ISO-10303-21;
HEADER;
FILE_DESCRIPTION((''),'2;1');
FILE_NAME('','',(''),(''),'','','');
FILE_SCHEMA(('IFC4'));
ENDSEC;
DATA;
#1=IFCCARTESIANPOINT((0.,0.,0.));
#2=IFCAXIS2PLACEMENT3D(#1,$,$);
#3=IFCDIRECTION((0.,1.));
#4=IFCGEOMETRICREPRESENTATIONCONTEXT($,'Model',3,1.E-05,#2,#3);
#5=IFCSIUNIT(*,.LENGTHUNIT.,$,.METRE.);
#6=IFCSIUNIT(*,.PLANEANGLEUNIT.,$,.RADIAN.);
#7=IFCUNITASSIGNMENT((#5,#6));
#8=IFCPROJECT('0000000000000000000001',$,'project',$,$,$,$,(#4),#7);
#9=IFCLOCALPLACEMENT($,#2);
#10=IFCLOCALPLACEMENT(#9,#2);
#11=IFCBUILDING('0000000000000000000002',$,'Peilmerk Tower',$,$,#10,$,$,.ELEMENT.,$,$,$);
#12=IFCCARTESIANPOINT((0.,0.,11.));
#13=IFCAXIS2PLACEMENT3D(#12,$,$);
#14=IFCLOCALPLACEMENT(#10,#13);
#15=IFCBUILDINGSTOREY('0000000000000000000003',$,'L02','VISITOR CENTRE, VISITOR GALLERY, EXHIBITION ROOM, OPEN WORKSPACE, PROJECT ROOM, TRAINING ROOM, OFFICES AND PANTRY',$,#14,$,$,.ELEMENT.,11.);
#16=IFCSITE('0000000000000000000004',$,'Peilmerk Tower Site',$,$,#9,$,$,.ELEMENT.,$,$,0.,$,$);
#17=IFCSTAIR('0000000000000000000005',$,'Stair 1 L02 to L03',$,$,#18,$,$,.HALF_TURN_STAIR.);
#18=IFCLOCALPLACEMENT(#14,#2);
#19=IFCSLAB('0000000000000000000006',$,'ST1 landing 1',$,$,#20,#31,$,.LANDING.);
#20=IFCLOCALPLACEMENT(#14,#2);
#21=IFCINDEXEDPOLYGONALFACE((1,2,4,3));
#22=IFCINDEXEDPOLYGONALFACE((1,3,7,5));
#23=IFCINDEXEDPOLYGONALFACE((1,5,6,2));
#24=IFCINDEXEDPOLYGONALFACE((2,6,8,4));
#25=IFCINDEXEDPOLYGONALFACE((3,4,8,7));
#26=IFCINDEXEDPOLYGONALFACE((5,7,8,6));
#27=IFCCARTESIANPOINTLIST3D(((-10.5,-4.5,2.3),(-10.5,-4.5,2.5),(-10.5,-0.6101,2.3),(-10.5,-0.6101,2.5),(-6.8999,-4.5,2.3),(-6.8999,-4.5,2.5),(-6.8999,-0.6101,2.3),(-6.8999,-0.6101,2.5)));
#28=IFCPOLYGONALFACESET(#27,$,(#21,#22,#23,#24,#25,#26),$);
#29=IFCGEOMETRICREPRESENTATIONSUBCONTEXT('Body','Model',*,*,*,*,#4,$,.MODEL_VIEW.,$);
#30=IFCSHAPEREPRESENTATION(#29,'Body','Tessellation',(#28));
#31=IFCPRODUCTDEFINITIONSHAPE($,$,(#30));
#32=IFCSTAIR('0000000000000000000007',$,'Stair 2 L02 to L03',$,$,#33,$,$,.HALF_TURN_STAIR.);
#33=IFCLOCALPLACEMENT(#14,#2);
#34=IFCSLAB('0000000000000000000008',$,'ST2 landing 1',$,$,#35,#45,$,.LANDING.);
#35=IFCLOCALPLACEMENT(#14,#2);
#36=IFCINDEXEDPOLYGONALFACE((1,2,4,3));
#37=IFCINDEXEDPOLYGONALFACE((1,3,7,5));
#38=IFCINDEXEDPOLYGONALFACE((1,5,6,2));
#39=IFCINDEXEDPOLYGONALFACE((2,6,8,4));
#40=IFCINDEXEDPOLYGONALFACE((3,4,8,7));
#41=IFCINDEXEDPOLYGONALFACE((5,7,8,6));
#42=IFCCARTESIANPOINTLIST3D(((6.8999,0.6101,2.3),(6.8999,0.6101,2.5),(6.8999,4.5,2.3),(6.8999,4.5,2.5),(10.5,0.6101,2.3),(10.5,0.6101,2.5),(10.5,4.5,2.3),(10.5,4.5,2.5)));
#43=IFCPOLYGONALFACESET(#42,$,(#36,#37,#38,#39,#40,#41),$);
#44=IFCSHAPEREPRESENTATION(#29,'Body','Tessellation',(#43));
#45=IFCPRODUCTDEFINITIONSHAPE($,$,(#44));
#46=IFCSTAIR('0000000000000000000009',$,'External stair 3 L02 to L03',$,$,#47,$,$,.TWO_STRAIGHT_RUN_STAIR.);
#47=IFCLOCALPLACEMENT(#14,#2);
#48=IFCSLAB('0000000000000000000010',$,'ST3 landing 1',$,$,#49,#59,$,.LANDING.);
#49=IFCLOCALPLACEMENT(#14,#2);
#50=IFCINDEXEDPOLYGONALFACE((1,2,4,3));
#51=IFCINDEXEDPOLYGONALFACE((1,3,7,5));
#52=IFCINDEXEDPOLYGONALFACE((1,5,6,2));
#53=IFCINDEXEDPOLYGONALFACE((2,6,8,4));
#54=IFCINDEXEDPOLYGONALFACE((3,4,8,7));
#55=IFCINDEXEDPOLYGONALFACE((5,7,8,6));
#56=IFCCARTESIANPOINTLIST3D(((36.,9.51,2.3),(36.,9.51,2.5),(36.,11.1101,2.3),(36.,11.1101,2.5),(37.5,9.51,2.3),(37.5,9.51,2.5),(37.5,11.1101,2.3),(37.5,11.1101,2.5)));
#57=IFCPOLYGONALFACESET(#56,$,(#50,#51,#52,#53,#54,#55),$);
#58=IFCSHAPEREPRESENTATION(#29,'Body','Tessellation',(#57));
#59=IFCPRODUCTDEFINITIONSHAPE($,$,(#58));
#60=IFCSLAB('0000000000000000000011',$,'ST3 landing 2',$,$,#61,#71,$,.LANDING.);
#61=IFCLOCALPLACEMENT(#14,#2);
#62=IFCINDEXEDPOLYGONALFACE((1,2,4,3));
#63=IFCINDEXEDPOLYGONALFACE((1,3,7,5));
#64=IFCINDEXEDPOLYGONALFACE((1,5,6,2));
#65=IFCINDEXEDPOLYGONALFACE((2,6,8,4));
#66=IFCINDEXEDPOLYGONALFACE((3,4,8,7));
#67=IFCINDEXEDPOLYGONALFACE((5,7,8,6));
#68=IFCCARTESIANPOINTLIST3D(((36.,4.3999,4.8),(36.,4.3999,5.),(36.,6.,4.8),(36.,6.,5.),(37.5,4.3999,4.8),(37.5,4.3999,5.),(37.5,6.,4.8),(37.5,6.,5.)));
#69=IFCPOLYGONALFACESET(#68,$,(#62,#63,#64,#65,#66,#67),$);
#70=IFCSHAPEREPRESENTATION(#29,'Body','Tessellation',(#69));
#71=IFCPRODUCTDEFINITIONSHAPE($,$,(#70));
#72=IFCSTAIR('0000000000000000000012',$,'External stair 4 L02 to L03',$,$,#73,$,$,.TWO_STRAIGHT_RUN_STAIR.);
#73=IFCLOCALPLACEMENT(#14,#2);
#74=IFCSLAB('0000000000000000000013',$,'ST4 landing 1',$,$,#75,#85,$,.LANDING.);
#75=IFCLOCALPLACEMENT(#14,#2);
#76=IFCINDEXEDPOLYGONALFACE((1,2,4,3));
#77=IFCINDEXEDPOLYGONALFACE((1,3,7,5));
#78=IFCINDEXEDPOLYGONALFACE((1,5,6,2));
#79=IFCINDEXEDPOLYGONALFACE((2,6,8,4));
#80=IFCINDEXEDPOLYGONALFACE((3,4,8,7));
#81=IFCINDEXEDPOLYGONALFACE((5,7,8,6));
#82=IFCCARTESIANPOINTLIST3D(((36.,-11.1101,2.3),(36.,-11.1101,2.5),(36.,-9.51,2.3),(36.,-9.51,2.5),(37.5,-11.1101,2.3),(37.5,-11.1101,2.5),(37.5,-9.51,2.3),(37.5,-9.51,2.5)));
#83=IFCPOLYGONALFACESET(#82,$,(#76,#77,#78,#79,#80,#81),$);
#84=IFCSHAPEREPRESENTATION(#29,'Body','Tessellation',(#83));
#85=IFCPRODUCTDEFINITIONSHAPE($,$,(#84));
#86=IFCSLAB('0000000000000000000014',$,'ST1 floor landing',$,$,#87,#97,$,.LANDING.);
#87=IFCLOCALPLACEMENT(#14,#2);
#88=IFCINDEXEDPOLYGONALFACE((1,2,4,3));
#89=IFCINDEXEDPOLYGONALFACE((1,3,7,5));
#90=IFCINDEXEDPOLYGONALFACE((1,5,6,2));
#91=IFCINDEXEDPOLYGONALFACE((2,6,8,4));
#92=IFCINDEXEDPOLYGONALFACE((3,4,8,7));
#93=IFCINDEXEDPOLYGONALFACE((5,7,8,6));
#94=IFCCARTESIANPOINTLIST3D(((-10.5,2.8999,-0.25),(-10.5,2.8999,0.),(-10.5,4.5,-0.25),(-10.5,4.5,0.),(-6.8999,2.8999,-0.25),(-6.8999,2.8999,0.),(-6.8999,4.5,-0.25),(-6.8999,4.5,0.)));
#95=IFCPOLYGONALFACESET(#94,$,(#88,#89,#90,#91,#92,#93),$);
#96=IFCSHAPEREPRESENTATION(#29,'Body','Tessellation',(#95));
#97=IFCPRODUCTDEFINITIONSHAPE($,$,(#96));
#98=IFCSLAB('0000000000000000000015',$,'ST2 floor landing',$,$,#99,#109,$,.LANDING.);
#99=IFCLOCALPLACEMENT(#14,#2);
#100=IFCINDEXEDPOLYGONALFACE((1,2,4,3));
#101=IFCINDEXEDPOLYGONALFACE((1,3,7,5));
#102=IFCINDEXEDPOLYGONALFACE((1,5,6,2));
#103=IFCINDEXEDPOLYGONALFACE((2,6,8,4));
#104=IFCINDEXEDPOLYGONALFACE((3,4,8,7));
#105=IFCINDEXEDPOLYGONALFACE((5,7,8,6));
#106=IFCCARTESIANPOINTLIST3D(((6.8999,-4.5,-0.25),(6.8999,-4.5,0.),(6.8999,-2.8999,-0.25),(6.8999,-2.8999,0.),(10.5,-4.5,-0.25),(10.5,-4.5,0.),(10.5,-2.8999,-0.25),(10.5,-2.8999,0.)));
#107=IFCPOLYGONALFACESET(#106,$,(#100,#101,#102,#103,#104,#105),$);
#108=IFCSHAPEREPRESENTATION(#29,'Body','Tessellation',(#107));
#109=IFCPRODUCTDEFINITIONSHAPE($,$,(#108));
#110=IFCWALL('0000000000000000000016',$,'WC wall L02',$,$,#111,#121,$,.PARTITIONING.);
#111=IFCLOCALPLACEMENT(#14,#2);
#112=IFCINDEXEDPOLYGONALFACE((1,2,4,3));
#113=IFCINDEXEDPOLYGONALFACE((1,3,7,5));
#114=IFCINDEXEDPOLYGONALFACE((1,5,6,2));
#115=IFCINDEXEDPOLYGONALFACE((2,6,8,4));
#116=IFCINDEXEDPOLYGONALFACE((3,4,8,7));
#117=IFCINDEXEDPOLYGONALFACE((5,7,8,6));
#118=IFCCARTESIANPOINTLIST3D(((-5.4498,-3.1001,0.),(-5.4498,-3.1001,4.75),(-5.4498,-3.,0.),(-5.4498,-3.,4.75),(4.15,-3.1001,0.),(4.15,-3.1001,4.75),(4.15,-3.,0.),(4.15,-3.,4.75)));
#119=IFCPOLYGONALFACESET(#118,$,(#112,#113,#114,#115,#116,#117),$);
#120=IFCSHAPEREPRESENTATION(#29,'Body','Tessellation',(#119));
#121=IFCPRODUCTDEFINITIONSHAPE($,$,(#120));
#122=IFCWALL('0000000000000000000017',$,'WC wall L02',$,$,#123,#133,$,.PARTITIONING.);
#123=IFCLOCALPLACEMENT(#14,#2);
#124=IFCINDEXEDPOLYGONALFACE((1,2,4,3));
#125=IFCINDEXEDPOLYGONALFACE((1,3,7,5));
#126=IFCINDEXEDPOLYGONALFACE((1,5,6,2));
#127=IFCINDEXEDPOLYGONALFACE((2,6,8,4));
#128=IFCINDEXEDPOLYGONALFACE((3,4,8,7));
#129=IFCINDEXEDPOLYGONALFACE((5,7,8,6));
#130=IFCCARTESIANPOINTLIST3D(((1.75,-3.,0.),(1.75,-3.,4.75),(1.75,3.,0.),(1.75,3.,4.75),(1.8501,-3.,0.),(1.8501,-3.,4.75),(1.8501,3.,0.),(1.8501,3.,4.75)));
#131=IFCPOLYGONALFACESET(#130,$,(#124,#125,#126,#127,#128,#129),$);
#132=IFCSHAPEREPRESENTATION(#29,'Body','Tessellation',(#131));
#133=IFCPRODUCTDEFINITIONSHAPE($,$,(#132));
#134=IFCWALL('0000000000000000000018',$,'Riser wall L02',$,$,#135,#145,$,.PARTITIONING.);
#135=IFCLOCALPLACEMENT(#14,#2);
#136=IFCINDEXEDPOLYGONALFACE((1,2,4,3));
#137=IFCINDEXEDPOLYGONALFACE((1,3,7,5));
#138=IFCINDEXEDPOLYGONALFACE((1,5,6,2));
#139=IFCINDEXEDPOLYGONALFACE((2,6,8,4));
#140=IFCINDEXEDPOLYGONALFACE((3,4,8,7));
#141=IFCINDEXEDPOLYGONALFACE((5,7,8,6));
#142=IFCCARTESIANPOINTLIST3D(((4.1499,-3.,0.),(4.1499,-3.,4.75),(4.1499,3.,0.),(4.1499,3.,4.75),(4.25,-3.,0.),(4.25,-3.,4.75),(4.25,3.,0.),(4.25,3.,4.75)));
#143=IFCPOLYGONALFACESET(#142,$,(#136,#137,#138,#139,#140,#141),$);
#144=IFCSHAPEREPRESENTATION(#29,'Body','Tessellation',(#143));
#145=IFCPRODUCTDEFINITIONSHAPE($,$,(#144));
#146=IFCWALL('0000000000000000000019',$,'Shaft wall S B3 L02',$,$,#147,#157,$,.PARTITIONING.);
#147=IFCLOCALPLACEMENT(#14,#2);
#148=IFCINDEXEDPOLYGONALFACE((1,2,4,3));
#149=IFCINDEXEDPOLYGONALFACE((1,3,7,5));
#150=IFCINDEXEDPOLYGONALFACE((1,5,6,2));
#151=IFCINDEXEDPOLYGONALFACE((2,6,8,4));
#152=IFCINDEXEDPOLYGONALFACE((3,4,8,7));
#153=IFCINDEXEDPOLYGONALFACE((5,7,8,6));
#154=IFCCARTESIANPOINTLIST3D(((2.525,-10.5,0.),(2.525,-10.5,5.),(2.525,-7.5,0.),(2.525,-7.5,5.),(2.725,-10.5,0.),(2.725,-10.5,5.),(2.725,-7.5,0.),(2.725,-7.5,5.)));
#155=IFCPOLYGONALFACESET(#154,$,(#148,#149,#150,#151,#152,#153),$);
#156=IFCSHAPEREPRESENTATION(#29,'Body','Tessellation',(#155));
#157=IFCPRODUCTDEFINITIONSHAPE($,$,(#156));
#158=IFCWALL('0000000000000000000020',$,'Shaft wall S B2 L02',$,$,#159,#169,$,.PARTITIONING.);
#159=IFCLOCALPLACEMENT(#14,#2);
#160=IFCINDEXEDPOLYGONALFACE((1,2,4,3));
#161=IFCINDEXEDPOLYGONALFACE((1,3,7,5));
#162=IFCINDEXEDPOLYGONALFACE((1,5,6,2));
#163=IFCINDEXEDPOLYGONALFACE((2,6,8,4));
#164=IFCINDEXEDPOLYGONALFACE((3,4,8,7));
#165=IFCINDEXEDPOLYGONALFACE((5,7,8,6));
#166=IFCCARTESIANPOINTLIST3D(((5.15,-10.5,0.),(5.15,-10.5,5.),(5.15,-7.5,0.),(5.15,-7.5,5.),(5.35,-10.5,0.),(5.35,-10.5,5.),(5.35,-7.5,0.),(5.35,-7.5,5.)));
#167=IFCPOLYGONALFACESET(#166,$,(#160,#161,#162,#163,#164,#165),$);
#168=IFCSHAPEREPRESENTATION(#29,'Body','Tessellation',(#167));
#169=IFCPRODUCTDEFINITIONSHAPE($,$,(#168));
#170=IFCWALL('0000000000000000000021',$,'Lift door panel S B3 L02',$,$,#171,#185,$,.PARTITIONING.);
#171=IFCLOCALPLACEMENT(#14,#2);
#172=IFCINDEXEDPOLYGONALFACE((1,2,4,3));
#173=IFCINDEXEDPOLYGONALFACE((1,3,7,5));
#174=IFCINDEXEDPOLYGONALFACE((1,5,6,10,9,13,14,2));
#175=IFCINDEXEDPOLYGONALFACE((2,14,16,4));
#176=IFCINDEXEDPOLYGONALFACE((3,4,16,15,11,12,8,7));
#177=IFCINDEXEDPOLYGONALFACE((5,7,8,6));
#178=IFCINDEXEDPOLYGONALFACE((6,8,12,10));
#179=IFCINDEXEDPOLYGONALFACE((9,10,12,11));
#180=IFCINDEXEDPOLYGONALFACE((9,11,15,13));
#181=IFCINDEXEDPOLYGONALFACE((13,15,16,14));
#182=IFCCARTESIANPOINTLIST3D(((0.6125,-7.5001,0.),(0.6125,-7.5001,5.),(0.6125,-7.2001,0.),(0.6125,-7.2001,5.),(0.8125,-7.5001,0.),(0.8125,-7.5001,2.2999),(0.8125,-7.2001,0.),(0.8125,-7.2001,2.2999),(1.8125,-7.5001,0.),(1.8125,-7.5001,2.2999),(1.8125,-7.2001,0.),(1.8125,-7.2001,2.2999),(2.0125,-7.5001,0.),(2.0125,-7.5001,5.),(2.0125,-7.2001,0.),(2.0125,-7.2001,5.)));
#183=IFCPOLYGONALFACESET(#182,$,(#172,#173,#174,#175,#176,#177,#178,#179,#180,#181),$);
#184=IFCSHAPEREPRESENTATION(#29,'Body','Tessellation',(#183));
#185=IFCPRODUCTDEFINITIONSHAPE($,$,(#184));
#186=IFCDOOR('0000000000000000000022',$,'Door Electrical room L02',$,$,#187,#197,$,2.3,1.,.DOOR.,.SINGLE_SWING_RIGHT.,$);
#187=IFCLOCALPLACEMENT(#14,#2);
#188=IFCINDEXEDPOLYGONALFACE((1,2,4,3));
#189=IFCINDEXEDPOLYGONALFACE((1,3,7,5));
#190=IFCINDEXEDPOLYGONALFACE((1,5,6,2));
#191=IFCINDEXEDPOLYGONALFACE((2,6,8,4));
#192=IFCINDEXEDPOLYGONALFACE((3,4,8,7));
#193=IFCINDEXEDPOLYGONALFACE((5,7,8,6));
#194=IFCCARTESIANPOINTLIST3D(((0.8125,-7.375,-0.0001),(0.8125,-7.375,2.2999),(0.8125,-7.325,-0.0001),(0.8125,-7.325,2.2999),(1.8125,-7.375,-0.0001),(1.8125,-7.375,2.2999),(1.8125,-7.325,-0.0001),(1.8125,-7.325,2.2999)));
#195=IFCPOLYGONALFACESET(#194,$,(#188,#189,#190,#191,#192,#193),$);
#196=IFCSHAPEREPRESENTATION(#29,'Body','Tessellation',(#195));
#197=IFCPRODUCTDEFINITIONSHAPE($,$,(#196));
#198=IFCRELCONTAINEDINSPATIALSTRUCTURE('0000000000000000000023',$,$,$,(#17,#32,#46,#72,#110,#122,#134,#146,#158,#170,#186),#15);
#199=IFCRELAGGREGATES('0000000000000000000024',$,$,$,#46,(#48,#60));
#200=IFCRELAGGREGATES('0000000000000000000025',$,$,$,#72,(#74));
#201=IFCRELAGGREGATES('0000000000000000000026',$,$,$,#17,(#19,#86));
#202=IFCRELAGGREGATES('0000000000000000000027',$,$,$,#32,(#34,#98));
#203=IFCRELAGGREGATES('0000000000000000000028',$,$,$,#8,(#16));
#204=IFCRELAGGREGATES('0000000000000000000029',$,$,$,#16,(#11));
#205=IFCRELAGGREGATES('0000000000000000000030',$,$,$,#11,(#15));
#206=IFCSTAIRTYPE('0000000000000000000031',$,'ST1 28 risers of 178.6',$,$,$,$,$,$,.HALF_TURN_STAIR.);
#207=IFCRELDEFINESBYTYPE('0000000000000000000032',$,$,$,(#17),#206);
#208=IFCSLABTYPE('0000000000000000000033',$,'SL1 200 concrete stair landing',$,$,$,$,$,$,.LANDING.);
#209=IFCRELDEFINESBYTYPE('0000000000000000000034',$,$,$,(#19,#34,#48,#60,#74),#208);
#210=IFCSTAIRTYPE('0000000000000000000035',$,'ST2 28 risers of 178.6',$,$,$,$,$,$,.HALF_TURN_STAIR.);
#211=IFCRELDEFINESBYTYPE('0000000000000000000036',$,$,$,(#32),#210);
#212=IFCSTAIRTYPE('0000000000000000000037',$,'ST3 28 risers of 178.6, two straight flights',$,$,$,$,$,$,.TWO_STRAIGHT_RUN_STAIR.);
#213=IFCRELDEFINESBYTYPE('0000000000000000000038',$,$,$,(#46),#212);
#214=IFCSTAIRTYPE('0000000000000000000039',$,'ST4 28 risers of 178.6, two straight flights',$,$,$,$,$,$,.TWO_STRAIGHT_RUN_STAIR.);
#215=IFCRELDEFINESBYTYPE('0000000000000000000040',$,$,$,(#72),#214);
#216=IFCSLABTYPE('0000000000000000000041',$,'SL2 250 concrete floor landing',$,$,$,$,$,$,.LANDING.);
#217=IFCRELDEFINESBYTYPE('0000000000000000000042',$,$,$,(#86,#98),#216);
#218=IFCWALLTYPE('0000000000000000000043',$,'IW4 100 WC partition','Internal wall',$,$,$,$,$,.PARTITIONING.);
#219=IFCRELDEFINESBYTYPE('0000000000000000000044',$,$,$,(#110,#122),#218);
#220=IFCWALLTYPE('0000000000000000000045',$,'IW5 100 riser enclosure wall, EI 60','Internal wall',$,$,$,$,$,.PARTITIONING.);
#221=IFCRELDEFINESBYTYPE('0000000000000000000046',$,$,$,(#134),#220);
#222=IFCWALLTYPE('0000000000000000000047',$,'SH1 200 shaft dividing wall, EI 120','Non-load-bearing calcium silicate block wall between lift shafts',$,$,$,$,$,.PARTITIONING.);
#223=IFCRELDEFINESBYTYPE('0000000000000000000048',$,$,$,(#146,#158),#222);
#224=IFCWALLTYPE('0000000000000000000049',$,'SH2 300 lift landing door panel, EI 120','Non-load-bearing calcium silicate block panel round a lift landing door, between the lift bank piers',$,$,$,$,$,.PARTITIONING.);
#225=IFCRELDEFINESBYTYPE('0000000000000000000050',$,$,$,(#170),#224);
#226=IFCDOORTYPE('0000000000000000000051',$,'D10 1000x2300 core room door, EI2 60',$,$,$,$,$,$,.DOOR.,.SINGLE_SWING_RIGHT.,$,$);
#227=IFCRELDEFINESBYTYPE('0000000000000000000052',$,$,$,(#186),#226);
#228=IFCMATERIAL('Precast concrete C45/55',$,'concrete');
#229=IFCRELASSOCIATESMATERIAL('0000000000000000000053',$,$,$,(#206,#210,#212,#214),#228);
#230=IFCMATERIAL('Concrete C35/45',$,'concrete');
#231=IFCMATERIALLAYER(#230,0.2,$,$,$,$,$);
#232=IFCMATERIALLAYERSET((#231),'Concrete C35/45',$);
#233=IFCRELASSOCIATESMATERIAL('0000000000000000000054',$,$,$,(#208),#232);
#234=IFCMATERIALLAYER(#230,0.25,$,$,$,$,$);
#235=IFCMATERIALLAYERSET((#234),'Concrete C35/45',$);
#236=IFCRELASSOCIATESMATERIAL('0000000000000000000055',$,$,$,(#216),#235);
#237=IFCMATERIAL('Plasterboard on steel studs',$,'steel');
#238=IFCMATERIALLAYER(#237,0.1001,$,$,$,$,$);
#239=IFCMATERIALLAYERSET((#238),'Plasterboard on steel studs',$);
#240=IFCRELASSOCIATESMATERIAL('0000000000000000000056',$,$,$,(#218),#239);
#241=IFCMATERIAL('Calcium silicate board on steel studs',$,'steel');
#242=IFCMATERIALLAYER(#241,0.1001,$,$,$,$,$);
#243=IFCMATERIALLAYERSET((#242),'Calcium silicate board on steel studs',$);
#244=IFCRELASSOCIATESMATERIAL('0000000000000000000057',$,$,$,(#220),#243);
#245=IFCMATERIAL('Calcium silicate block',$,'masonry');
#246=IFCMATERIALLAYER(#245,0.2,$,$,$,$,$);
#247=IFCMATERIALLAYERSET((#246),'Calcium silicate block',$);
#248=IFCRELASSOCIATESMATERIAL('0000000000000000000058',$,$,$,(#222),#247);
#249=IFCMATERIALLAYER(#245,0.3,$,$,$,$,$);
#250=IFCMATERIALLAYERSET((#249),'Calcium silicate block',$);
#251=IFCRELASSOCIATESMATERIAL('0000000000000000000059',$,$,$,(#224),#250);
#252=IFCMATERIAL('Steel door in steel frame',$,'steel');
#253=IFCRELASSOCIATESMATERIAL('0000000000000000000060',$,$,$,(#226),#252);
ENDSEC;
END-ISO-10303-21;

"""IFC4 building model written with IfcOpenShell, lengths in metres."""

from ifc_helpers import new_model, si_unit, direction, frame, frame_2d, origin, place, context, subcontext, project, spatial, polyline, rectangle, outline, extrude, material, layer, layer_set, type_object, element, fill, aggregate, save


model = new_model("IFC4")

# Units and contexts
model_context = context("Model", 3, precision=1e-05, world=origin(), true_north=direction((0.0, 1.0)))
body_context = subcontext(model_context, "Body", "Model", "MODEL_VIEW")
ifc_project = project(units=[si_unit("LENGTHUNIT", "METRE"), si_unit("PLANEANGLEUNIT", "RADIAN")], contexts=[model_context])

# Site, building, storey
site_placement = place(None, origin())
site = spatial("IfcSite", under=ifc_project, at=site_placement, Name="Peilmerk Tower Site", CompositionType="ELEMENT", RefElevation=0.0)
building_placement = place(site_placement, origin())
building = spatial("IfcBuilding", under=site, at=building_placement, Name="Peilmerk Tower", CompositionType="ELEMENT")
storey_placement = place(building_placement, frame((0.0, 0.0, 11.0)))
storey = spatial("IfcBuildingStorey", under=building, at=storey_placement, Name="L02", Description="VISITOR CENTRE, VISITOR GALLERY, EXHIBITION ROOM, OPEN WORKSPACE, PROJECT ROOM, TRAINING ROOM, OFFICES AND PANTRY", CompositionType="ELEMENT", Elevation=11.0)

# Stairs, slabs
ifc_material_1 = material(Name="Precast concrete C45/55", Category="concrete")
stair_type_1 = type_object("IfcStairType", Name="ST1 28 risers of 178.6", PredefinedType="HALF_TURN_STAIR", material=ifc_material_1)
stair_1_placement = place(storey_placement, origin())
stair_1 = element("IfcStair", 1, at=stair_1_placement, inside=storey, type_object=stair_type_1, Name="Stair 1 L02 to L03", PredefinedType="HALF_TURN_STAIR")
ifc_material_2 = material(Name="Concrete C35/45", Category="concrete")
ifc_layer_1 = layer(ifc_material_2, 0.2)
ifc_layer_set_1 = layer_set([ifc_layer_1], Name="Concrete C35/45")
slab_type_1 = type_object("IfcSlabType", Name="SL1 200 concrete stair landing", PredefinedType="LANDING", material=ifc_layer_set_1)
slab_1_placement = place(storey_placement, frame((0.0, 0.0, 2.3)))
slab_1 = element("IfcSlab", 2, at=slab_1_placement, type_object=slab_type_1, Name="ST1 landing 1", PredefinedType="LANDING", context=body_context, shape_type="SweptSolid", body=[
    extrude(outline(polyline([(-10.5, -4.5), (-6.8999, -4.5), (-6.8999, -0.6101), (-10.5, -0.6101), (-10.5, -4.5)])), origin(), (0.0, 0.0, 1.0), 0.2),
])
stair_type_2 = type_object("IfcStairType", Name="ST2 28 risers of 178.6", PredefinedType="HALF_TURN_STAIR", material=ifc_material_1)
stair_2_placement = place(storey_placement, origin())
stair_2 = element("IfcStair", 3, at=stair_2_placement, inside=storey, type_object=stair_type_2, Name="Stair 2 L02 to L03", PredefinedType="HALF_TURN_STAIR")
slab_2_placement = place(storey_placement, frame((0.0, 0.0, 2.3)))
slab_2 = element("IfcSlab", 4, at=slab_2_placement, type_object=slab_type_1, Name="ST2 landing 1", PredefinedType="LANDING", context=body_context, shape_type="SweptSolid", body=[
    extrude(outline(polyline([(6.8999, 0.6101), (10.5, 0.6101), (10.5, 4.5), (6.8999, 4.5), (6.8999, 0.6101)])), origin(), (0.0, 0.0, 1.0), 0.2),
])

# Stair, slabs
stair_type_3 = type_object("IfcStairType", Name="ST3 28 risers of 178.6, two straight flights", PredefinedType="TWO_STRAIGHT_RUN_STAIR", material=ifc_material_1)
stair_3_placement = place(storey_placement, origin())
stair_3 = element("IfcStair", 5, at=stair_3_placement, inside=storey, type_object=stair_type_3, Name="External stair 3 L02 to L03", PredefinedType="TWO_STRAIGHT_RUN_STAIR")
slab_3_placement = place(storey_placement, frame((0.0, 0.0, 2.3)))
slab_3 = element("IfcSlab", 6, at=slab_3_placement, type_object=slab_type_1, Name="ST3 landing 1", PredefinedType="LANDING", context=body_context, shape_type="SweptSolid", body=[
    extrude(outline(polyline([(36.0, 9.51), (37.5, 9.51), (37.5, 11.1101), (36.0, 11.1101), (36.0, 9.51)])), origin(), (0.0, 0.0, 1.0), 0.2),
])
slab_4_placement = place(storey_placement, frame((0.0, 0.0, 4.8)))
slab_4 = element("IfcSlab", 7, at=slab_4_placement, type_object=slab_type_1, Name="ST3 landing 2", PredefinedType="LANDING", context=body_context, shape_type="SweptSolid", body=[
    extrude(outline(polyline([(36.0, 4.3999), (37.5, 4.3999), (37.5, 6.0), (36.0, 6.0), (36.0, 4.3999)])), origin(), (0.0, 0.0, 1.0), 0.2),
])
aggregate(stair_3, [slab_3, slab_4])

# Stair, slab
stair_type_4 = type_object("IfcStairType", Name="ST4 28 risers of 178.6, two straight flights", PredefinedType="TWO_STRAIGHT_RUN_STAIR", material=ifc_material_1)
stair_4_placement = place(storey_placement, origin())
stair_4 = element("IfcStair", 8, at=stair_4_placement, inside=storey, type_object=stair_type_4, Name="External stair 4 L02 to L03", PredefinedType="TWO_STRAIGHT_RUN_STAIR")
slab_5_placement = place(storey_placement, frame((0.0, 0.0, 2.3)))
slab_5 = element("IfcSlab", 9, at=slab_5_placement, type_object=slab_type_1, Name="ST4 landing 1", PredefinedType="LANDING", context=body_context, shape_type="SweptSolid", body=[
    extrude(outline(polyline([(36.0, -11.1101), (37.5, -11.1101), (37.5, -9.51), (36.0, -9.51), (36.0, -11.1101)])), origin(), (0.0, 0.0, 1.0), 0.2),
])
aggregate(stair_4, [slab_5])

# Slabs
ifc_layer_2 = layer(ifc_material_2, 0.25)
ifc_layer_set_2 = layer_set([ifc_layer_2], Name="Concrete C35/45")
slab_type_2 = type_object("IfcSlabType", Name="SL2 250 concrete floor landing", PredefinedType="LANDING", material=ifc_layer_set_2)
slab_6_placement = place(storey_placement, frame((0.0, 0.0, -0.25)))
slab_6 = element("IfcSlab", 10, at=slab_6_placement, type_object=slab_type_2, Name="ST1 floor landing", PredefinedType="LANDING", context=body_context, shape_type="SweptSolid", body=[
    extrude(outline(polyline([(-10.5, 2.8999), (-6.8999, 2.8999), (-6.8999, 4.5), (-10.5, 4.5), (-10.5, 2.8999)])), origin(), (0.0, 0.0, 1.0), 0.25),
])
aggregate(stair_1, [slab_1, slab_6])
slab_7_placement = place(storey_placement, frame((0.0, 0.0, -0.25)))
slab_7 = element("IfcSlab", 11, at=slab_7_placement, type_object=slab_type_2, Name="ST2 floor landing", PredefinedType="LANDING", context=body_context, shape_type="SweptSolid", body=[
    extrude(outline(polyline([(6.8999, -4.5), (10.5, -4.5), (10.5, -2.8999), (6.8999, -2.8999), (6.8999, -4.5)])), origin(), (0.0, 0.0, 1.0), 0.25),
])
aggregate(stair_2, [slab_2, slab_7])

# Walls
ifc_material_3 = material(Name="Plasterboard on steel studs", Category="steel")
ifc_layer_3 = layer(ifc_material_3, 0.1001)
ifc_layer_set_3 = layer_set([ifc_layer_3], Name="Plasterboard on steel studs")
wall_type_1 = type_object("IfcWallType", Name="IW4 100 WC partition", Description="Internal wall", PredefinedType="PARTITIONING", material=ifc_layer_set_3)
wall_1_placement = place(storey_placement, frame((4.1499, -3.05, 0.0), z_axis=(0.0, 0.0, 1.0), x_axis=(-1.0, 0.0, 0.0)))
element("IfcWall", 12, at=wall_1_placement, inside=storey, type_object=wall_type_1, Name="WC wall L02", PredefinedType="PARTITIONING", context=body_context, shape_type="SweptSolid", body=[
    extrude(rectangle(XDim=9.5999, YDim=0.1001, at=frame_2d((4.7998, 0.0))), origin(), (0.0, 0.0, 1.0), 4.75),
])
wall_2_placement = place(storey_placement, frame((1.8, -3.0, 0.0), z_axis=(0.0, 0.0, 1.0), x_axis=(0.0, 1.0, 0.0)))
element("IfcWall", 13, at=wall_2_placement, inside=storey, type_object=wall_type_1, Name="WC wall L02", PredefinedType="PARTITIONING", context=body_context, shape_type="SweptSolid", body=[
    extrude(rectangle(XDim=6.0, YDim=0.1001, at=frame_2d((3.0, 0.0))), origin(), (0.0, 0.0, 1.0), 4.75),
])
ifc_material_4 = material(Name="Calcium silicate board on steel studs", Category="steel")
ifc_layer_4 = layer(ifc_material_4, 0.1001)
ifc_layer_set_4 = layer_set([ifc_layer_4], Name="Calcium silicate board on steel studs")
wall_type_2 = type_object("IfcWallType", Name="IW5 100 riser enclosure wall, EI 60", Description="Internal wall", PredefinedType="PARTITIONING", material=ifc_layer_set_4)
wall_3_placement = place(storey_placement, frame((4.2, -3.0, 0.0), z_axis=(0.0, 0.0, 1.0), x_axis=(0.0, 1.0, 0.0)))
element("IfcWall", 14, at=wall_3_placement, inside=storey, type_object=wall_type_2, Name="Riser wall L02", PredefinedType="PARTITIONING", context=body_context, shape_type="SweptSolid", body=[
    extrude(rectangle(XDim=6.0, YDim=0.1001, at=frame_2d((3.0, 0.0))), origin(), (0.0, 0.0, 1.0), 4.75),
])
ifc_material_5 = material(Name="Calcium silicate block", Category="masonry")
ifc_layer_5 = layer(ifc_material_5, 0.2)
ifc_layer_set_5 = layer_set([ifc_layer_5], Name="Calcium silicate block")
wall_type_3 = type_object("IfcWallType", Name="SH1 200 shaft dividing wall, EI 120", Description="Non-load-bearing calcium silicate block wall between lift shafts", PredefinedType="PARTITIONING", material=ifc_layer_set_5)
for number, where, z_axis, x_axis, name in (
    (15, (2.625, -10.5, 0.0), (0.0, 0.0, 1.0), (0.0, 1.0, 0.0), "Shaft wall S B3 L02"),
    (16, (5.25, -10.5, 0.0), (0.0, 0.0, 1.0), (0.0, 1.0, 0.0), "Shaft wall S B2 L02"),
):
    element("IfcWall", number, at=place(storey_placement, frame(where, z_axis=z_axis, x_axis=x_axis)), inside=storey, type_object=wall_type_3, Name=name, PredefinedType="PARTITIONING", context=body_context, shape_type="SweptSolid", body=[
        extrude(rectangle(XDim=3.0, YDim=0.2, at=frame_2d((1.5, 0.0))), origin(), (0.0, 0.0, 1.0), 5.0),
    ])

# Wall, opening, door
ifc_layer_6 = layer(ifc_material_5, 0.3)
ifc_layer_set_6 = layer_set([ifc_layer_6], Name="Calcium silicate block")
wall_type_4 = type_object("IfcWallType", Name="SH2 300 lift landing door panel, EI 120", Description="Non-load-bearing calcium silicate block panel round a lift landing door, between the lift bank piers", PredefinedType="PARTITIONING", material=ifc_layer_set_6)
wall_4_placement = place(storey_placement, frame((0.6125, -7.3501, 0.0), z_axis=(0.0, 0.0, 1.0), x_axis=(1.0, 0.0, 0.0)))
wall_4 = element("IfcWall", 17, at=wall_4_placement, inside=storey, type_object=wall_type_4, Name="Lift door panel S B3 L02", PredefinedType="PARTITIONING", context=body_context, shape_type="SweptSolid", body=[
    extrude(rectangle(XDim=1.3999, YDim=0.3, at=frame_2d((0.7, 0.0))), origin(), (0.0, 0.0, 1.0), 5.0),
])
opening_1_placement = place(wall_4_placement, frame((0.2, 0.0, 0.0)))
opening_1 = element("IfcOpeningElement", 18, at=opening_1_placement, cuts=wall_4, PredefinedType="OPENING", context=body_context, shape_type="SweptSolid", body=[
    extrude(rectangle(XDim=1.0, YDim=2.3, at=frame_2d((0.5, 1.1499))), frame((0.0, 0.1599, 0.0), z_axis=(0.0, -1.0, 0.0), x_axis=(1.0, 0.0, 0.0)), (0.0, 0.0, 1.0), 0.3201),
])
ifc_material_6 = material(Name="Steel door in steel frame", Category="steel")
door_type = type_object("IfcDoorType", Name="D10 1000x2300 core room door, EI2 60", OperationType="SINGLE_SWING_RIGHT", PredefinedType="DOOR", material=ifc_material_6)
door_1_placement = place(opening_1_placement, frame((1.0, 0.0, 0.0), z_axis=(0.0, 0.0, 1.0), x_axis=(-1.0, 0.0, 0.0)))
door_1 = element("IfcDoor", 19, at=door_1_placement, inside=storey, type_object=door_type, Name="Door Electrical room L02", OperationType="SINGLE_SWING_RIGHT", OverallHeight=2.3, OverallWidth=1.0, PredefinedType="DOOR", context=body_context, shape_type="SweptSolid", body=[
    extrude(rectangle(XDim=1.0, YDim=2.3, at=frame_2d((0.5, 1.1499))), frame((0.0, 0.0249, 0.0), z_axis=(0.0, -1.0, 0.0), x_axis=(1.0, 0.0, 0.0)), (0.0, 0.0, 1.0), 0.05),
])
fill(opening_1, door_1)

save(model, "model.ifc")
